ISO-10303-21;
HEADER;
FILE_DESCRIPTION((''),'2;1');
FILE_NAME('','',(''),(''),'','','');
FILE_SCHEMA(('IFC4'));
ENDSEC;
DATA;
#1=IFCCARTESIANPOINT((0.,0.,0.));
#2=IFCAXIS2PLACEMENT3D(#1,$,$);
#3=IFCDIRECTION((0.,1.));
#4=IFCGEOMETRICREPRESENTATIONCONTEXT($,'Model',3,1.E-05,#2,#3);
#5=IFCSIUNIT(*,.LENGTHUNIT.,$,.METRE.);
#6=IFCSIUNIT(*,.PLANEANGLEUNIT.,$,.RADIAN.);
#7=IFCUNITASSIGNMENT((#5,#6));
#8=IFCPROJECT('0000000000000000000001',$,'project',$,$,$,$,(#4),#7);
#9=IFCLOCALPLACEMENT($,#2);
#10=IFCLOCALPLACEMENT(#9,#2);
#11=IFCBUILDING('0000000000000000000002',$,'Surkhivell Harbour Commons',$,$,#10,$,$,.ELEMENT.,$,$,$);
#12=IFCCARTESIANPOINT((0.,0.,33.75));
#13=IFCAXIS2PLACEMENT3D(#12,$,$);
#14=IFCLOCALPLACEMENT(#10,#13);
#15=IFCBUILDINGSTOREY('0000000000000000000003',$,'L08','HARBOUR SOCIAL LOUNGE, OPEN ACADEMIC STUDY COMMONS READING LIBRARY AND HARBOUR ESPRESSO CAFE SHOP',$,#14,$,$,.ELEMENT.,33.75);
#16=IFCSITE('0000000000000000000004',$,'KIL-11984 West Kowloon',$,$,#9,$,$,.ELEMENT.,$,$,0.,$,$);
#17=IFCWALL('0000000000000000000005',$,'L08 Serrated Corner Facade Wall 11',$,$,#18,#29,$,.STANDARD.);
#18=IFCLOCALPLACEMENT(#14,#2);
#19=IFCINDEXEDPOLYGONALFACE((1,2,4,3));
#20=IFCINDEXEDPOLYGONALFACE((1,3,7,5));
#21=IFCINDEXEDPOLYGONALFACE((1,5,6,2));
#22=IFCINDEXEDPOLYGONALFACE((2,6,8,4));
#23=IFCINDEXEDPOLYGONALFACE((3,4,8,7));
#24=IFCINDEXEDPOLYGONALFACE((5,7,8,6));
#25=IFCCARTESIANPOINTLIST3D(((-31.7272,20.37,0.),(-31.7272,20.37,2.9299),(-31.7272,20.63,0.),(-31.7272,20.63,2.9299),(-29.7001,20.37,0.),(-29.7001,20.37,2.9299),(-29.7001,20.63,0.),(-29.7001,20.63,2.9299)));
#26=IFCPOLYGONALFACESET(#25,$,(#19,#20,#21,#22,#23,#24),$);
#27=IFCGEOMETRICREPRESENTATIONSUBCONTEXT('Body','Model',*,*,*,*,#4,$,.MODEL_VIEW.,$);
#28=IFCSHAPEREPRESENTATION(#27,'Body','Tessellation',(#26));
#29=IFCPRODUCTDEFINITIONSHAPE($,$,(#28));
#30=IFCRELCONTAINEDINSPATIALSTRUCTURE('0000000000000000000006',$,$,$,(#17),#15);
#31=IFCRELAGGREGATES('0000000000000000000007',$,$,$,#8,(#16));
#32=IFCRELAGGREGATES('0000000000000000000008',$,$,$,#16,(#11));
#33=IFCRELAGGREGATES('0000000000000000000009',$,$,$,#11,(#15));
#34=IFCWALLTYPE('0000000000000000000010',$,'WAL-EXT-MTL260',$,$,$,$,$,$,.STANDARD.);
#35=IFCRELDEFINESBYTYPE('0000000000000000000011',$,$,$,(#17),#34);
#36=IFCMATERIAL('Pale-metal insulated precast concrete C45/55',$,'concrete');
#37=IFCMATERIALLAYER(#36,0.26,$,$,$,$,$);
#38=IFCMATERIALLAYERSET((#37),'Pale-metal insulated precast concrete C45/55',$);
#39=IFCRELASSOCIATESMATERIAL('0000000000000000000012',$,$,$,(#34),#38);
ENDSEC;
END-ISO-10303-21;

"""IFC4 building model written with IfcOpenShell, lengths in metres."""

from ifc_helpers import new_model, si_unit, direction, frame, frame_2d, origin, place, context, subcontext, project, spatial, rectangle, extrude, material, layer, layer_set, type_object, element, save


model = new_model("IFC4")

# Units and contexts
model_context = context("Model", 3, precision=1e-05, world=origin(), true_north=direction((0.0, 1.0)))
body_context = subcontext(model_context, "Body", "Model", "MODEL_VIEW")
ifc_project = project(units=[si_unit("LENGTHUNIT", "METRE"), si_unit("PLANEANGLEUNIT", "RADIAN")], contexts=[model_context])

# Site, building, storey
site_placement = place(None, origin())
site = spatial("IfcSite", under=ifc_project, at=site_placement, Name="KIL-11984 West Kowloon", CompositionType="ELEMENT", RefElevation=0.0)
building_placement = place(site_placement, origin())
building = spatial("IfcBuilding", under=site, at=building_placement, Name="Surkhivell Harbour Commons", CompositionType="ELEMENT")
storey_placement = place(building_placement, frame((0.0, 0.0, 33.75)))
storey = spatial("IfcBuildingStorey", under=building, at=storey_placement, Name="L08", Description="HARBOUR SOCIAL LOUNGE, OPEN ACADEMIC STUDY COMMONS READING LIBRARY AND HARBOUR ESPRESSO CAFE SHOP", CompositionType="ELEMENT", Elevation=33.75)

# Shared definitions
ifc_material_1 = material(Name="Pale-metal insulated precast concrete C45/55", Category="concrete")
ifc_layer_1 = layer(ifc_material_1, 0.26)
ifc_layer_set_1 = layer_set([ifc_layer_1], Name="Pale-metal insulated precast concrete C45/55")
wall_type = type_object("IfcWallType", Name="WAL-EXT-MTL260", PredefinedType="STANDARD", material=ifc_layer_set_1)

# Wall
wall_1_placement = place(storey_placement, frame((-29.7, 20.5, 0.0), z_axis=(0.0, 0.0, 1.0), x_axis=(-1.0, 0.0, 0.0)))
element("IfcWall", 1, at=wall_1_placement, inside=storey, type_object=wall_type, Name="L08 Serrated Corner Facade Wall 11", PredefinedType="STANDARD", context=body_context, shape_type="SweptSolid", body=[
    extrude(rectangle(XDim=2.0271, YDim=0.26, at=frame_2d((1.0137, 0.0))), origin(), (0.0, 0.0, 1.0), 2.9299),
])

save(model, "model.ifc")
